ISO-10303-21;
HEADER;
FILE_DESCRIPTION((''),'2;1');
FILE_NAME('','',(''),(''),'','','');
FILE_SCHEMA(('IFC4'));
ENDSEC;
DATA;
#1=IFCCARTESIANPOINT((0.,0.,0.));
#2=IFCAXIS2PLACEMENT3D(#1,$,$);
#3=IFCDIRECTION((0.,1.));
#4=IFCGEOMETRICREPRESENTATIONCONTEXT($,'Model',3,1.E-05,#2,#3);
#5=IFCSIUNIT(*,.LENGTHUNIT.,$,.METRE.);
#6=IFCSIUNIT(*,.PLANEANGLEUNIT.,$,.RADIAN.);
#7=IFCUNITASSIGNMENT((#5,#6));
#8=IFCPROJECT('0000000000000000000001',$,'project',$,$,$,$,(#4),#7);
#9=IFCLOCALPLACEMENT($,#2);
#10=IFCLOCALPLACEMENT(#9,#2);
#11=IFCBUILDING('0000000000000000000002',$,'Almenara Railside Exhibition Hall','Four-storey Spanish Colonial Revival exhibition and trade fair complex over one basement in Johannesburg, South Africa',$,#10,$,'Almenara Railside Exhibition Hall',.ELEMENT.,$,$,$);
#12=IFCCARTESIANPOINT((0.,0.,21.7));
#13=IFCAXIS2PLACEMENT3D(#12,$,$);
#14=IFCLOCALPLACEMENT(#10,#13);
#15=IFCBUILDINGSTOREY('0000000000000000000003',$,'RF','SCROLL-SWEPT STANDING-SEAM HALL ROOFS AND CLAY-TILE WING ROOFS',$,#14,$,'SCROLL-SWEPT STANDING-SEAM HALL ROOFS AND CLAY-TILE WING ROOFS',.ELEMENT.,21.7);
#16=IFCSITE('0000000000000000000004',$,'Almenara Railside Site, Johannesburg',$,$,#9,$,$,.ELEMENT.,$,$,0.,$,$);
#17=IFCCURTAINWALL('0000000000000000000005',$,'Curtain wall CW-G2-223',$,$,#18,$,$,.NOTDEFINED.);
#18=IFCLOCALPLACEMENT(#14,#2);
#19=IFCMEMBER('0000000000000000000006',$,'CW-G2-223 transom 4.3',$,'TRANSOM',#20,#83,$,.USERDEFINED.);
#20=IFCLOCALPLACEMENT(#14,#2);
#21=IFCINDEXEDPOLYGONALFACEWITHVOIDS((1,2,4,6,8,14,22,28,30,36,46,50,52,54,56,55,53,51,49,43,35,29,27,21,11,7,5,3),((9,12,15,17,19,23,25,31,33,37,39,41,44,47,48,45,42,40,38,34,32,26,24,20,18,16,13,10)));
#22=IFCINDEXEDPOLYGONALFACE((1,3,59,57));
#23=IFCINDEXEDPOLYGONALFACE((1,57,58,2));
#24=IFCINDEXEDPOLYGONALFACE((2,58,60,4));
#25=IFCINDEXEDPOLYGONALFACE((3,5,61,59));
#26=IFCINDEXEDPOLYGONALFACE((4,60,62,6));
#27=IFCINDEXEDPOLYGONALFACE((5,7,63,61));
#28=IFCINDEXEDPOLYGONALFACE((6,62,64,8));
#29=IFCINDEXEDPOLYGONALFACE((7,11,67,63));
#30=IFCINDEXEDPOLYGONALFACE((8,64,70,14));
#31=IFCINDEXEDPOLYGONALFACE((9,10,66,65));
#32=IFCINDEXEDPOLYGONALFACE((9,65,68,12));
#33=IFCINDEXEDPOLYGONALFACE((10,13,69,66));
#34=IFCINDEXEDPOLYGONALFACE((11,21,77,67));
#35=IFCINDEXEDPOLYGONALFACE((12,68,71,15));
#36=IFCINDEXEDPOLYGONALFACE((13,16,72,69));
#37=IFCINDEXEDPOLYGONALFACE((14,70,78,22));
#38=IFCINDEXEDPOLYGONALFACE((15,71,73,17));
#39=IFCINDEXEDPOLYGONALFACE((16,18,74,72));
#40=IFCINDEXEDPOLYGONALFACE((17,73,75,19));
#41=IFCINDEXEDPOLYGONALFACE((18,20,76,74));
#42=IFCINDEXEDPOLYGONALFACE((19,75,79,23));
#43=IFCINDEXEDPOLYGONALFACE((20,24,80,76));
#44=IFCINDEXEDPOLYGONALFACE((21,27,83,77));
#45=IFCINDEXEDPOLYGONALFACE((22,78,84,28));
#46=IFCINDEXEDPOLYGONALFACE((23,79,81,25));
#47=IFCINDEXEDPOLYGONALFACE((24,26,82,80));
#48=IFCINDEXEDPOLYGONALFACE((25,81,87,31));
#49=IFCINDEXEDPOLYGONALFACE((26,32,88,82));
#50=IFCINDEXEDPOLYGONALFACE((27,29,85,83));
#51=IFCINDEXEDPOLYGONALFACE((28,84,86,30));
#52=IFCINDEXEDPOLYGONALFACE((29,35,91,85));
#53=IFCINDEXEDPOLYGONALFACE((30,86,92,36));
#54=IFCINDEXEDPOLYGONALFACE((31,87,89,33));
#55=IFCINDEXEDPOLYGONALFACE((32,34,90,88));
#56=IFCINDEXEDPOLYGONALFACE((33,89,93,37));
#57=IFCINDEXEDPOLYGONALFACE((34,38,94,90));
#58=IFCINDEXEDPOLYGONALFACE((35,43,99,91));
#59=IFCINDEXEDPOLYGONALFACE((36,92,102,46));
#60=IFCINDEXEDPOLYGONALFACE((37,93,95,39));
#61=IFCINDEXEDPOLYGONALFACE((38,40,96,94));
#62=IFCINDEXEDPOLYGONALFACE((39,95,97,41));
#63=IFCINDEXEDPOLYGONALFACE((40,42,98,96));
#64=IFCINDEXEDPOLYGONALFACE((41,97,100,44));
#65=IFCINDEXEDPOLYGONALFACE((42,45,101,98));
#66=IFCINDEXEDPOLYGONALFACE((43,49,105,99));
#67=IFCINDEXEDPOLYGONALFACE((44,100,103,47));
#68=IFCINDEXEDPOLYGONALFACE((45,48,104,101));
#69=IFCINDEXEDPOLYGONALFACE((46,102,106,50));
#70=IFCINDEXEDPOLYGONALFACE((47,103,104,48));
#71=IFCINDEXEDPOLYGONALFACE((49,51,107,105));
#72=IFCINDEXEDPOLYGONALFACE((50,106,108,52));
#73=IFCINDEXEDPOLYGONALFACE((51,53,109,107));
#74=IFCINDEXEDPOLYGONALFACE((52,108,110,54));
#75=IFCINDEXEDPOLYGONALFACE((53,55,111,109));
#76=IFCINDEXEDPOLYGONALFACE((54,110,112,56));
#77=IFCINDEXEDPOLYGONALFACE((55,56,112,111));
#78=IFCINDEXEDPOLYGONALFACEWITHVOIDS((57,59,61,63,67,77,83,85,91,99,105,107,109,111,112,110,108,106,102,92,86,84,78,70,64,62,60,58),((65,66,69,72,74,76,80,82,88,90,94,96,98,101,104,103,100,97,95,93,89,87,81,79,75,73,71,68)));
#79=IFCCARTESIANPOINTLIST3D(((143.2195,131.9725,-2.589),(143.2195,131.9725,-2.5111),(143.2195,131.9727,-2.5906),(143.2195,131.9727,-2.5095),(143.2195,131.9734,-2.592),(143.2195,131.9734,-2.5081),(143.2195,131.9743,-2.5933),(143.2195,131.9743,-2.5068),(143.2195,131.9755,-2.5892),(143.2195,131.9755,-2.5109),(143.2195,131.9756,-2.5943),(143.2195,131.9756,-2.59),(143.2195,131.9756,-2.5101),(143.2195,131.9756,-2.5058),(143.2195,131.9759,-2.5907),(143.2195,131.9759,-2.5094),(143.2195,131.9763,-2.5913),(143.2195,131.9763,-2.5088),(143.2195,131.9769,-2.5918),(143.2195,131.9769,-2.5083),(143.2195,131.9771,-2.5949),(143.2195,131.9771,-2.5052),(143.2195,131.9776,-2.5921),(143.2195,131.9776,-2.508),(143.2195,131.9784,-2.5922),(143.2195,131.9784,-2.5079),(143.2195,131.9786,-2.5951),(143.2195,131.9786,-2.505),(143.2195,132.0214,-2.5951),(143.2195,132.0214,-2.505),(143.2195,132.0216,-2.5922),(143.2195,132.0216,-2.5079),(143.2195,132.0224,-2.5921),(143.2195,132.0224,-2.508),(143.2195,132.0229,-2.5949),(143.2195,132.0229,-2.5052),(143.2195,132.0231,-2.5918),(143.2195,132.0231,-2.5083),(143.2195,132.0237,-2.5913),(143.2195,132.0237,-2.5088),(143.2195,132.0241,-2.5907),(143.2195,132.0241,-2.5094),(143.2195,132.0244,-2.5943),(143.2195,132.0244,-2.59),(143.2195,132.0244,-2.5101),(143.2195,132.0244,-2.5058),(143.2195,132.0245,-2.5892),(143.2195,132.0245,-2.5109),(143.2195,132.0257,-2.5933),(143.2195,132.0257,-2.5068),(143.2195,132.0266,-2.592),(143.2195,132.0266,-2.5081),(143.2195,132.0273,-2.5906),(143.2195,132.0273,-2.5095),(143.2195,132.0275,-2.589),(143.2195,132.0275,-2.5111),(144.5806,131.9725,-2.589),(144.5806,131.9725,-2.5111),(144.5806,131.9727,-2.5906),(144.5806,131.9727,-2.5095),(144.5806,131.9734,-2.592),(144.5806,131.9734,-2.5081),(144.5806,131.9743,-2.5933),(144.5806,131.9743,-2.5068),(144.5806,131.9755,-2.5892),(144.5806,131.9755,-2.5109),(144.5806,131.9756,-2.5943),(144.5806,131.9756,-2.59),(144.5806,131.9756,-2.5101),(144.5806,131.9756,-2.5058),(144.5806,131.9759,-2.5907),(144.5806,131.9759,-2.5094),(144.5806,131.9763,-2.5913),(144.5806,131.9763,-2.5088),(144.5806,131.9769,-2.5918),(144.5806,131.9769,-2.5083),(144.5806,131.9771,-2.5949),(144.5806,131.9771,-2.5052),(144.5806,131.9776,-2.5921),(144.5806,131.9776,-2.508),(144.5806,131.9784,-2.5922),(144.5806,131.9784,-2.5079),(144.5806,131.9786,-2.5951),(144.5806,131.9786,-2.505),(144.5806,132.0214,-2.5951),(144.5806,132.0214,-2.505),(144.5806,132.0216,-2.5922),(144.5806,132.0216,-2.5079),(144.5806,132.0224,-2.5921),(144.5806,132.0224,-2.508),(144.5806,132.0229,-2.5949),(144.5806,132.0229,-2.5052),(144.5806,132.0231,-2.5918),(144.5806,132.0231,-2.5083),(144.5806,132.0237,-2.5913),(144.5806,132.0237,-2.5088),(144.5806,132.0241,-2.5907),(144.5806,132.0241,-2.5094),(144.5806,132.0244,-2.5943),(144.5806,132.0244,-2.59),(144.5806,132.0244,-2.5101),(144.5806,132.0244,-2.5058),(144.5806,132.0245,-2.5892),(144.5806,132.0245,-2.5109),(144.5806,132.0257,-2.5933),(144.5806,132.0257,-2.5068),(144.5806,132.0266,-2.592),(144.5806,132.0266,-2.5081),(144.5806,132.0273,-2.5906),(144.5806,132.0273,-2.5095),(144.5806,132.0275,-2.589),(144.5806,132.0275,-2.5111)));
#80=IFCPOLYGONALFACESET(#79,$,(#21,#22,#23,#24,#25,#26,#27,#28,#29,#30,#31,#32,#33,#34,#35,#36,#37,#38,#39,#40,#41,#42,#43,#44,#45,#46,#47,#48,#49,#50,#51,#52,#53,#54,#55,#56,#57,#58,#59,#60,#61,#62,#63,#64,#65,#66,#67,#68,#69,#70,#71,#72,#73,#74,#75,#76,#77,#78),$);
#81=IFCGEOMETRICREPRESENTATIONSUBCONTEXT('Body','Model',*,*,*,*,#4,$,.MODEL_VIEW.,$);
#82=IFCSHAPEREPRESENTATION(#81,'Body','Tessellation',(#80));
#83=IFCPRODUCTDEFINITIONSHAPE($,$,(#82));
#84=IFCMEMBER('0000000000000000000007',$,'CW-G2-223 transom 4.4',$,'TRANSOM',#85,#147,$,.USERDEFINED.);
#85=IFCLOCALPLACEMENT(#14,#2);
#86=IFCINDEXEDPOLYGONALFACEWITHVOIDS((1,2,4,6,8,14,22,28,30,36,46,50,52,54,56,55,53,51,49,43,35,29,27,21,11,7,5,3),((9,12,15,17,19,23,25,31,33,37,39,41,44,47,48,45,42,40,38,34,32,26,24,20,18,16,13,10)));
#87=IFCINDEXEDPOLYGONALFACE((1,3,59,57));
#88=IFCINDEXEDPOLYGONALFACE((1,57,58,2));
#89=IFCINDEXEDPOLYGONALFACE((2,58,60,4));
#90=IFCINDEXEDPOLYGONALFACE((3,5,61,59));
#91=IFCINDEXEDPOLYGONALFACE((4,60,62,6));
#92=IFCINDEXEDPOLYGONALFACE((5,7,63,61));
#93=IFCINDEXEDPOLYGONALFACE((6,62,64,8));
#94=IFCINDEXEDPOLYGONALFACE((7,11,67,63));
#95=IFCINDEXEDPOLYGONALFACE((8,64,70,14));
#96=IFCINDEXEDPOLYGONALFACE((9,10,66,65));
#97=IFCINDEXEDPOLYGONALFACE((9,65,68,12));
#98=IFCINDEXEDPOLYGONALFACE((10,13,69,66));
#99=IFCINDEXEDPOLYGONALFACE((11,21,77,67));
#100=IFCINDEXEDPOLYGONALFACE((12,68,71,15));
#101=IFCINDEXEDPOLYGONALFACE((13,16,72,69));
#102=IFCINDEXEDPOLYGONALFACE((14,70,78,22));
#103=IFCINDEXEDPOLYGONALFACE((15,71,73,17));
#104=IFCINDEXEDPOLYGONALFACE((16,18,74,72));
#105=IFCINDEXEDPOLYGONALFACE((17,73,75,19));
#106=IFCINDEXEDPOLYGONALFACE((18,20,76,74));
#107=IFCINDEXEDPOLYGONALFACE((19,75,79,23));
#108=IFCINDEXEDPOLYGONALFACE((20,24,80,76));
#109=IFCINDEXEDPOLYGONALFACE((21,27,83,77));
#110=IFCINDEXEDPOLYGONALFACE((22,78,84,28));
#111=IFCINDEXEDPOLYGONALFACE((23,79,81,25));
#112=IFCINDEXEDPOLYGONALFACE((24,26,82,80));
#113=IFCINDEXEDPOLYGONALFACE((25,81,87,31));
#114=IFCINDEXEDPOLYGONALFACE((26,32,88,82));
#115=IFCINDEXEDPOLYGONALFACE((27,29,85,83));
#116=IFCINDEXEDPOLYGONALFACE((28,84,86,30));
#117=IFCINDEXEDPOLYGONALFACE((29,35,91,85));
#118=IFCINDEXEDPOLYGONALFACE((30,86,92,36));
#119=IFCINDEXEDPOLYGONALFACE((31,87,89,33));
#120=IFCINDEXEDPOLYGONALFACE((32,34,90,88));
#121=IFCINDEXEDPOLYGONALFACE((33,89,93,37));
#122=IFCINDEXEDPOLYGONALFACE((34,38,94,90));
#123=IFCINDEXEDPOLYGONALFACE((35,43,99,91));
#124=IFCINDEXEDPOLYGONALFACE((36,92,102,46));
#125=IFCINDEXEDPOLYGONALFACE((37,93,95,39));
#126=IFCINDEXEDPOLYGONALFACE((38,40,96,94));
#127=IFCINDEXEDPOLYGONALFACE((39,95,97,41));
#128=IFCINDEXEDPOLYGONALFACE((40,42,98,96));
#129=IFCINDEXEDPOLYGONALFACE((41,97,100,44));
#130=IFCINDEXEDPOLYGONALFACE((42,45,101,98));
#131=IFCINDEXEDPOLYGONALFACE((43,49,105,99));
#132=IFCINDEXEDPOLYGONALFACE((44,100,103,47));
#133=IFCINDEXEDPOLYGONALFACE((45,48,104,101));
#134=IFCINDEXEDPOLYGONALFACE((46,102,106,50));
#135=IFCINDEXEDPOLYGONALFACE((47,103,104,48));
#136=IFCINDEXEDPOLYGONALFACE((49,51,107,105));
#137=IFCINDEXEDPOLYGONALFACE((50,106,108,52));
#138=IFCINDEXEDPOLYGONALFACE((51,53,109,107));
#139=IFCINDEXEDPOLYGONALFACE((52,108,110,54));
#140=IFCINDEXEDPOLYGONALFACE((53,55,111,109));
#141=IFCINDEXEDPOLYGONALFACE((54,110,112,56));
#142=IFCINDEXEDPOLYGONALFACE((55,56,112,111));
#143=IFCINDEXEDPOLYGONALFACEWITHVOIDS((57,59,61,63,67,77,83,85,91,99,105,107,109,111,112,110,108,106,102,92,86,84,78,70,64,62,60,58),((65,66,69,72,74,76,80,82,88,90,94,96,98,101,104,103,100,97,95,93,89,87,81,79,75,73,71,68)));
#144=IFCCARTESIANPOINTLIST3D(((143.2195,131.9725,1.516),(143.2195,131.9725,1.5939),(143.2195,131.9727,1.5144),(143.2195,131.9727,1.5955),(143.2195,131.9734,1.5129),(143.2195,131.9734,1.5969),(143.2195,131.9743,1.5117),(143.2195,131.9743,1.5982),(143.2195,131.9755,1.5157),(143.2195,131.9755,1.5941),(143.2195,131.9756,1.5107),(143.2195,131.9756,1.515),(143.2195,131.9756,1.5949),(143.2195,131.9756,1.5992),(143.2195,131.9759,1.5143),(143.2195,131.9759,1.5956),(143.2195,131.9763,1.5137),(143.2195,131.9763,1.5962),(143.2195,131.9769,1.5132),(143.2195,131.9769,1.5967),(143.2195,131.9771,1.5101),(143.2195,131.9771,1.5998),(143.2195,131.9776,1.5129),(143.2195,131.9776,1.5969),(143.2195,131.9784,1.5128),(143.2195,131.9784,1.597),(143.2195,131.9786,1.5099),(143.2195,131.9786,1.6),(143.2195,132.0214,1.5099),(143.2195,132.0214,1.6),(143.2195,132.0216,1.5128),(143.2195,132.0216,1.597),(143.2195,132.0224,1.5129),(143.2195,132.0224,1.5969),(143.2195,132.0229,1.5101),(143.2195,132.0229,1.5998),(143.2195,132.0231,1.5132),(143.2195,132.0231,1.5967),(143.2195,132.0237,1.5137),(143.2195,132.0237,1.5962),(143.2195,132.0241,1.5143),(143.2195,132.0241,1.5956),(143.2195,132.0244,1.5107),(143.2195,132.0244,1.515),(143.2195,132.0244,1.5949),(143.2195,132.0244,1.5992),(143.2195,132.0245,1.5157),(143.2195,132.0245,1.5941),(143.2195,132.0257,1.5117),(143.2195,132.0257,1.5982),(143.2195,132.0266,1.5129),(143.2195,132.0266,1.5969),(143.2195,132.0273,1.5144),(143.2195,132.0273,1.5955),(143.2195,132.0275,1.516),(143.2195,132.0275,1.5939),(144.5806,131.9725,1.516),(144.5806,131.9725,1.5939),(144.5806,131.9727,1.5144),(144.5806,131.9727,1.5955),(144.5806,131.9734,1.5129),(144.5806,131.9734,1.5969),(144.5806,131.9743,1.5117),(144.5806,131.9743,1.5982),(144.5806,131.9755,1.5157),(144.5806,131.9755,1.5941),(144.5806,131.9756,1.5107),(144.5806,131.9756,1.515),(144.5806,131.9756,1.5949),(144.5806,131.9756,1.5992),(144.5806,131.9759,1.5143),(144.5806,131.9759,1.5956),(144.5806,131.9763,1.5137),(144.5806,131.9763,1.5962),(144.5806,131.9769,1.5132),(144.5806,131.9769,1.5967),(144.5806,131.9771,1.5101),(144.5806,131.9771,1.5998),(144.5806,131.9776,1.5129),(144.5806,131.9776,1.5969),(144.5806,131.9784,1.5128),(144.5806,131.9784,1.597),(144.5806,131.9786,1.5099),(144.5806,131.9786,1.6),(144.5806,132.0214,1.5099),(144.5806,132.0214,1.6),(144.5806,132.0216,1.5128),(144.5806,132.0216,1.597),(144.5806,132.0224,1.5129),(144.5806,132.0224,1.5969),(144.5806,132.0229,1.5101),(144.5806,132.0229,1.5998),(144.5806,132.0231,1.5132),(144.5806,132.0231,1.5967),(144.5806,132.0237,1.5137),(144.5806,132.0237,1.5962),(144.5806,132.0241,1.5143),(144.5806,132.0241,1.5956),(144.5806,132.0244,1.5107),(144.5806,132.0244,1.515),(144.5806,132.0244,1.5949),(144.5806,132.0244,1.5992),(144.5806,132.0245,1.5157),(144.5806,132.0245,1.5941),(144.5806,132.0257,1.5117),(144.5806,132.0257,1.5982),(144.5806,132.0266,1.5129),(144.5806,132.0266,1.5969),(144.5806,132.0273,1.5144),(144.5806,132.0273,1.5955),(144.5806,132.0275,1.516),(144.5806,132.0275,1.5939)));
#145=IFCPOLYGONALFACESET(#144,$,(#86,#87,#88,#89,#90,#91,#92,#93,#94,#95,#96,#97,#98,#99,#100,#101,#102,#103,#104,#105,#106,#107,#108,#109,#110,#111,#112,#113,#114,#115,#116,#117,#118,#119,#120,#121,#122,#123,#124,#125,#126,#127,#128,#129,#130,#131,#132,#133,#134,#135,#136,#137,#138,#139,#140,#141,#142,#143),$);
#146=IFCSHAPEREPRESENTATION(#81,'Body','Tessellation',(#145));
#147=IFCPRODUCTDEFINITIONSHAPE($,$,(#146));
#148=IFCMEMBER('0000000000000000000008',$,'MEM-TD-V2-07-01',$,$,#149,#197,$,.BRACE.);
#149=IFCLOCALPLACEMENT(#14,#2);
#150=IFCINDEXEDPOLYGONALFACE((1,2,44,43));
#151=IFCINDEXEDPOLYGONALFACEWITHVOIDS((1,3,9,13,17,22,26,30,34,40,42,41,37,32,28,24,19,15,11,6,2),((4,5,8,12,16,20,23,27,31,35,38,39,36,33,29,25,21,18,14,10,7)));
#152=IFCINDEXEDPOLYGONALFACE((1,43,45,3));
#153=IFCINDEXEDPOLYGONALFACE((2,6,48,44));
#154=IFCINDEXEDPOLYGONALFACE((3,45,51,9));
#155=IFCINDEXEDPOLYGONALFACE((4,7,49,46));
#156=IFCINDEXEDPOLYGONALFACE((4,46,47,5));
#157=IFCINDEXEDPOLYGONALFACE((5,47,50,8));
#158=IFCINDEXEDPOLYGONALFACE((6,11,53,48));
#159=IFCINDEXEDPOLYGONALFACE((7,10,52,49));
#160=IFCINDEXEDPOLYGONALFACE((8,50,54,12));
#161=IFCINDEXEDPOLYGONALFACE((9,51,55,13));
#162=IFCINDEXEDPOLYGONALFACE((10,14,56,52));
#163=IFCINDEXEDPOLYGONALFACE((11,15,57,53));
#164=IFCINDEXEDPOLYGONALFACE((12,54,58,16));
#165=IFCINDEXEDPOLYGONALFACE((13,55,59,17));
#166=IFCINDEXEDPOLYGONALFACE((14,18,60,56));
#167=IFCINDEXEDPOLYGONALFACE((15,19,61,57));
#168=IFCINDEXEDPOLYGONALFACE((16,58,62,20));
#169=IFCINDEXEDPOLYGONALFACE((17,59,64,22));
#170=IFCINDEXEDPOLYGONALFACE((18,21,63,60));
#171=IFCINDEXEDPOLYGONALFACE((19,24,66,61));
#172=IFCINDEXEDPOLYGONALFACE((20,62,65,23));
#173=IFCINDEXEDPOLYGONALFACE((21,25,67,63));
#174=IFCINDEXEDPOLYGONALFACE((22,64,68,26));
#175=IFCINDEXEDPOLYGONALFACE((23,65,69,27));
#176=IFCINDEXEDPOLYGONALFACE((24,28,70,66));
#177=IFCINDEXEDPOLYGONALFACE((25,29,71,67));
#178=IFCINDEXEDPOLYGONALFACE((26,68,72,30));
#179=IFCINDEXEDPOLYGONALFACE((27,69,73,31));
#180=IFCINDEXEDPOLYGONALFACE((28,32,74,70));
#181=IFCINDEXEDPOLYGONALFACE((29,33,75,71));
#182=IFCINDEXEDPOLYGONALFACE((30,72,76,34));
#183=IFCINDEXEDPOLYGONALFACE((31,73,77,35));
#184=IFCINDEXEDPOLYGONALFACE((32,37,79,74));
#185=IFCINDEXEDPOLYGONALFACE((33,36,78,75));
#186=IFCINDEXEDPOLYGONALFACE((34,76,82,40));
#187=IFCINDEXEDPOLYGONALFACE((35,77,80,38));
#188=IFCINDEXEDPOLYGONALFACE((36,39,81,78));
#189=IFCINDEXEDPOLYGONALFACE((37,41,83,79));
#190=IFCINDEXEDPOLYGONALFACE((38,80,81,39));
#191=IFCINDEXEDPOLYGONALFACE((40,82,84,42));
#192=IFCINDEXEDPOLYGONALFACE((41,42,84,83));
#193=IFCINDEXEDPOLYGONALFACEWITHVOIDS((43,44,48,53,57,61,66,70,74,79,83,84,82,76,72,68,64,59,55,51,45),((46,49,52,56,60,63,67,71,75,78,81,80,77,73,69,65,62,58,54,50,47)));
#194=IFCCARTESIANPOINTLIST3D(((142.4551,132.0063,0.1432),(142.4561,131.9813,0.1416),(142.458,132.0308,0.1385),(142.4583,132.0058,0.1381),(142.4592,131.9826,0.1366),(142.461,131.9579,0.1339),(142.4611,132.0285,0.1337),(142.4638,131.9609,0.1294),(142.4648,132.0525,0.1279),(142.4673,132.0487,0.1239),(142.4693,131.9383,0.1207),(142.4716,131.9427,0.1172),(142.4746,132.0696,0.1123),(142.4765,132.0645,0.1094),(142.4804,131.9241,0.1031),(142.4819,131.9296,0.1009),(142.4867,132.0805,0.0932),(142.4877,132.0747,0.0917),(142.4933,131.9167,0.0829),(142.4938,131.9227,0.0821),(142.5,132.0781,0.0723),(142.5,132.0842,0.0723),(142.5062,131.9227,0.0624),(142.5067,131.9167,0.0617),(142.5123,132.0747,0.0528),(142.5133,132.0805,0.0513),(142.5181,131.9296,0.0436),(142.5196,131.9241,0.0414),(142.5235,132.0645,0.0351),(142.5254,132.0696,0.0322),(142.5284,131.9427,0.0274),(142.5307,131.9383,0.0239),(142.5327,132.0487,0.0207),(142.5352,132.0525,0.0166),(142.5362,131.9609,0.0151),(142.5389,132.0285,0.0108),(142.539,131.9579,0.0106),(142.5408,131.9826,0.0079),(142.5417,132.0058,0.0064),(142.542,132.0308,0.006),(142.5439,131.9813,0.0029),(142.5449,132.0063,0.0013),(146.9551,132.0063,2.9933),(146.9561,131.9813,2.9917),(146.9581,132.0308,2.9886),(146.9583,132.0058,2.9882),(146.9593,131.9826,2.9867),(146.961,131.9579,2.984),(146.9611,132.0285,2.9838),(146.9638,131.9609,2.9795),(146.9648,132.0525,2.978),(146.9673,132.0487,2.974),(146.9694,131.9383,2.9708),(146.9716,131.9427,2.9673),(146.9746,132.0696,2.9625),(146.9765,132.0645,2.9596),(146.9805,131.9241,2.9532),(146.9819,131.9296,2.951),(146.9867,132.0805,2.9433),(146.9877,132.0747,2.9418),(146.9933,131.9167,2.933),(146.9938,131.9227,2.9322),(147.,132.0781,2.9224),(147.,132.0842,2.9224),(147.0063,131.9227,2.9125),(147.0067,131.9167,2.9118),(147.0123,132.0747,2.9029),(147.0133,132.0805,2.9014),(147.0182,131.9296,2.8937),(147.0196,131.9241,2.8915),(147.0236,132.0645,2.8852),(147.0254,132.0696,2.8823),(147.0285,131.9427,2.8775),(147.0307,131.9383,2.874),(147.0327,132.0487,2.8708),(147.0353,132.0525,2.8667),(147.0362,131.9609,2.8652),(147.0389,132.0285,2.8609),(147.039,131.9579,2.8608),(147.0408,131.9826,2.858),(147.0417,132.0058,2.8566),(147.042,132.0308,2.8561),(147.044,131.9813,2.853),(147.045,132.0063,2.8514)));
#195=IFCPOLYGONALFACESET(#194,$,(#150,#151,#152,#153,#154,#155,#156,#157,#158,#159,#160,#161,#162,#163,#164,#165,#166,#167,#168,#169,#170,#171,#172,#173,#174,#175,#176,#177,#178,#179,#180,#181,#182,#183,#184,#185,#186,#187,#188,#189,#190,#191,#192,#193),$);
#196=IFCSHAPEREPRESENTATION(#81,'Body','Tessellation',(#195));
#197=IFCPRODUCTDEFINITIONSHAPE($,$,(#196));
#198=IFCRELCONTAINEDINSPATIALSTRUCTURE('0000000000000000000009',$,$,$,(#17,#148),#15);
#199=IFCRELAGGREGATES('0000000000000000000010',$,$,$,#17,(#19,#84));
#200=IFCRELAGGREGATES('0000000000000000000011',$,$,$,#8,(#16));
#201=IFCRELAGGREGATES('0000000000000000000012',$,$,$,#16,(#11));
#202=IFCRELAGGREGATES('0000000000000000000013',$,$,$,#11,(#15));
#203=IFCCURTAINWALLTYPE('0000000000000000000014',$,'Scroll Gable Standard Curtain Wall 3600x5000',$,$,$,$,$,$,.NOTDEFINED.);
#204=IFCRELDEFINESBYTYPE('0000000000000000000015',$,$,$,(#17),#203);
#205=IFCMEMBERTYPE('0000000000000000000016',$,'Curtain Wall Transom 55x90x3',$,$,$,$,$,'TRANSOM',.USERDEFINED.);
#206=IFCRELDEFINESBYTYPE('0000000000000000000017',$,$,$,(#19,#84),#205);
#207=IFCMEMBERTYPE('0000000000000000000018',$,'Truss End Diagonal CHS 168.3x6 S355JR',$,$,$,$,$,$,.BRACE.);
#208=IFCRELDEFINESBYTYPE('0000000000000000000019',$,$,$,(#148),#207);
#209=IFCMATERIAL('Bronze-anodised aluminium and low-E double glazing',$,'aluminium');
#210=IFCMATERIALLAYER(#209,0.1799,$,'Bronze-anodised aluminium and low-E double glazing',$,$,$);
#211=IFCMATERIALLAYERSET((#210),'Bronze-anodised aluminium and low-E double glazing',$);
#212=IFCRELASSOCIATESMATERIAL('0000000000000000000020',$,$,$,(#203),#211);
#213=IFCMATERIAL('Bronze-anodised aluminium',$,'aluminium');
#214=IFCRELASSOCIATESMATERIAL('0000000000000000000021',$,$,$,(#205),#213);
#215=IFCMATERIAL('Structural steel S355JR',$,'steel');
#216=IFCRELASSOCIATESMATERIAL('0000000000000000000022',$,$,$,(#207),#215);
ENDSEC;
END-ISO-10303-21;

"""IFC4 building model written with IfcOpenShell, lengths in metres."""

from ifc_helpers import new_model, si_unit, direction, frame, origin, origin_2d, place, context, subcontext, project, spatial, hollow_rectangle, hollow_circle, extrude, material, layer, layer_set, material_profile, profile_set, type_object, element, aggregate, save


model = new_model("IFC4")

# Units and contexts
model_context = context("Model", 3, precision=1e-05, world=origin(), true_north=direction((0.0, 1.0)))
body_context = subcontext(model_context, "Body", "Model", "MODEL_VIEW")
ifc_project = project(units=[si_unit("LENGTHUNIT", "METRE"), si_unit("PLANEANGLEUNIT", "RADIAN")], contexts=[model_context])

# Site, building, storey
site_placement = place(None, origin())
site = spatial("IfcSite", under=ifc_project, at=site_placement, Name="Almenara Railside Site, Johannesburg", CompositionType="ELEMENT", RefElevation=0.0)
building_placement = place(site_placement, origin())
building = spatial("IfcBuilding", under=site, at=building_placement, Name="Almenara Railside Exhibition Hall", Description="Four-storey Spanish Colonial Revival exhibition and trade fair complex over one basement in Johannesburg, South Africa", LongName="Almenara Railside Exhibition Hall", CompositionType="ELEMENT")
storey_placement = place(building_placement, frame((0.0, 0.0, 21.7)))
storey = spatial("IfcBuildingStorey", under=building, at=storey_placement, Name="RF", Description="SCROLL-SWEPT STANDING-SEAM HALL ROOFS AND CLAY-TILE WING ROOFS", LongName="SCROLL-SWEPT STANDING-SEAM HALL ROOFS AND CLAY-TILE WING ROOFS", CompositionType="ELEMENT", Elevation=21.7)

# Shared definitions
ifc_material_1 = material(Name="Structural steel S355JR", Category="steel")

# Curtain wall, members
ifc_material_2 = material(Name="Bronze-anodised aluminium and low-E double glazing", Category="aluminium")
ifc_layer_1 = layer(ifc_material_2, 0.1799, Name="Bronze-anodised aluminium and low-E double glazing")
ifc_layer_set_1 = layer_set([ifc_layer_1], Name="Bronze-anodised aluminium and low-E double glazing")
curtain_wall_type = type_object("IfcCurtainWallType", Name="Scroll Gable Standard Curtain Wall 3600x5000", PredefinedType="NOTDEFINED", material=ifc_layer_set_1)
curtain_wall_placement = place(storey_placement, origin())
curtain_wall = element("IfcCurtainWall", 1, at=curtain_wall_placement, inside=storey, type_object=curtain_wall_type, Name="Curtain wall CW-G2-223", PredefinedType="NOTDEFINED")
ifc_material_3 = material(Name="Bronze-anodised aluminium", Category="aluminium")
ifc_material_profile_1 = material_profile(ifc_material_3, hollow_rectangle(XDim=0.0549, YDim=0.0901, WallThickness=0.0029, InnerFilletRadius=0.0029, OuterFilletRadius=0.0061, at=origin_2d()), Name="ALU-TRN 55x90x3")
ifc_profile_set_1 = profile_set([ifc_material_profile_1], Name="Bronze-anodised aluminium")
member_type_1 = type_object("IfcMemberType", Name="Curtain Wall Transom 55x90x3", ElementType="TRANSOM", PredefinedType="USERDEFINED", material=ifc_profile_set_1)
member_1_placement = place(storey_placement, frame((143.2195, 132.0, -2.55), z_axis=(1.0, 0.0, 0.0), x_axis=(0.0, 1.0, 0.0)))
member_1 = element("IfcMember", 2, at=member_1_placement, type_object=member_type_1, Name="CW-G2-223 transom 4.3", ObjectType="TRANSOM", PredefinedType="USERDEFINED", context=body_context, shape_type="SweptSolid", body=[
    extrude(hollow_rectangle(XDim=0.0549, YDim=0.0901, WallThickness=0.0029, InnerFilletRadius=0.0029, OuterFilletRadius=0.0061, at=origin_2d()), origin(), (0.0, 0.0, 1.0), 1.3611),
])
member_2_placement = place(storey_placement, frame((143.2195, 132.0, 1.5549), z_axis=(1.0, 0.0, 0.0), x_axis=(0.0, 1.0, 0.0)))
member_2 = element("IfcMember", 3, at=member_2_placement, type_object=member_type_1, Name="CW-G2-223 transom 4.4", ObjectType="TRANSOM", PredefinedType="USERDEFINED", context=body_context, shape_type="SweptSolid", body=[
    extrude(hollow_rectangle(XDim=0.0549, YDim=0.0901, WallThickness=0.0029, InnerFilletRadius=0.0029, OuterFilletRadius=0.0061, at=origin_2d()), origin(), (0.0, 0.0, 1.0), 1.3611),
])

# Member
ifc_material_profile_2 = material_profile(ifc_material_1, hollow_circle(Radius=0.0842, WallThickness=0.0061, at=origin_2d()), Name="CHS 168.3x6")
ifc_profile_set_2 = profile_set([ifc_material_profile_2], Name="Structural steel S355JR")
member_type_2 = type_object("IfcMemberType", Name="Truss End Diagonal CHS 168.3x6 S355JR", PredefinedType="BRACE", material=ifc_profile_set_2)
member_3_placement = place(storey_placement, frame((142.5, 132.0, 0.0723), z_axis=(0.844811, 0.0, 0.535065), x_axis=(0.0, 1.0, 0.0)))
element("IfcMember", 4, at=member_3_placement, inside=storey, type_object=member_type_2, Name="MEM-TD-V2-07-01", PredefinedType="BRACE", context=body_context, shape_type="SweptSolid", body=[
    extrude(hollow_circle(Radius=0.0842, WallThickness=0.0061, at=origin_2d()), origin(), (0.0, 0.0, 1.0), 5.3267),
])

aggregate(curtain_wall, [member_1, member_2])

save(model, "model.ifc")
